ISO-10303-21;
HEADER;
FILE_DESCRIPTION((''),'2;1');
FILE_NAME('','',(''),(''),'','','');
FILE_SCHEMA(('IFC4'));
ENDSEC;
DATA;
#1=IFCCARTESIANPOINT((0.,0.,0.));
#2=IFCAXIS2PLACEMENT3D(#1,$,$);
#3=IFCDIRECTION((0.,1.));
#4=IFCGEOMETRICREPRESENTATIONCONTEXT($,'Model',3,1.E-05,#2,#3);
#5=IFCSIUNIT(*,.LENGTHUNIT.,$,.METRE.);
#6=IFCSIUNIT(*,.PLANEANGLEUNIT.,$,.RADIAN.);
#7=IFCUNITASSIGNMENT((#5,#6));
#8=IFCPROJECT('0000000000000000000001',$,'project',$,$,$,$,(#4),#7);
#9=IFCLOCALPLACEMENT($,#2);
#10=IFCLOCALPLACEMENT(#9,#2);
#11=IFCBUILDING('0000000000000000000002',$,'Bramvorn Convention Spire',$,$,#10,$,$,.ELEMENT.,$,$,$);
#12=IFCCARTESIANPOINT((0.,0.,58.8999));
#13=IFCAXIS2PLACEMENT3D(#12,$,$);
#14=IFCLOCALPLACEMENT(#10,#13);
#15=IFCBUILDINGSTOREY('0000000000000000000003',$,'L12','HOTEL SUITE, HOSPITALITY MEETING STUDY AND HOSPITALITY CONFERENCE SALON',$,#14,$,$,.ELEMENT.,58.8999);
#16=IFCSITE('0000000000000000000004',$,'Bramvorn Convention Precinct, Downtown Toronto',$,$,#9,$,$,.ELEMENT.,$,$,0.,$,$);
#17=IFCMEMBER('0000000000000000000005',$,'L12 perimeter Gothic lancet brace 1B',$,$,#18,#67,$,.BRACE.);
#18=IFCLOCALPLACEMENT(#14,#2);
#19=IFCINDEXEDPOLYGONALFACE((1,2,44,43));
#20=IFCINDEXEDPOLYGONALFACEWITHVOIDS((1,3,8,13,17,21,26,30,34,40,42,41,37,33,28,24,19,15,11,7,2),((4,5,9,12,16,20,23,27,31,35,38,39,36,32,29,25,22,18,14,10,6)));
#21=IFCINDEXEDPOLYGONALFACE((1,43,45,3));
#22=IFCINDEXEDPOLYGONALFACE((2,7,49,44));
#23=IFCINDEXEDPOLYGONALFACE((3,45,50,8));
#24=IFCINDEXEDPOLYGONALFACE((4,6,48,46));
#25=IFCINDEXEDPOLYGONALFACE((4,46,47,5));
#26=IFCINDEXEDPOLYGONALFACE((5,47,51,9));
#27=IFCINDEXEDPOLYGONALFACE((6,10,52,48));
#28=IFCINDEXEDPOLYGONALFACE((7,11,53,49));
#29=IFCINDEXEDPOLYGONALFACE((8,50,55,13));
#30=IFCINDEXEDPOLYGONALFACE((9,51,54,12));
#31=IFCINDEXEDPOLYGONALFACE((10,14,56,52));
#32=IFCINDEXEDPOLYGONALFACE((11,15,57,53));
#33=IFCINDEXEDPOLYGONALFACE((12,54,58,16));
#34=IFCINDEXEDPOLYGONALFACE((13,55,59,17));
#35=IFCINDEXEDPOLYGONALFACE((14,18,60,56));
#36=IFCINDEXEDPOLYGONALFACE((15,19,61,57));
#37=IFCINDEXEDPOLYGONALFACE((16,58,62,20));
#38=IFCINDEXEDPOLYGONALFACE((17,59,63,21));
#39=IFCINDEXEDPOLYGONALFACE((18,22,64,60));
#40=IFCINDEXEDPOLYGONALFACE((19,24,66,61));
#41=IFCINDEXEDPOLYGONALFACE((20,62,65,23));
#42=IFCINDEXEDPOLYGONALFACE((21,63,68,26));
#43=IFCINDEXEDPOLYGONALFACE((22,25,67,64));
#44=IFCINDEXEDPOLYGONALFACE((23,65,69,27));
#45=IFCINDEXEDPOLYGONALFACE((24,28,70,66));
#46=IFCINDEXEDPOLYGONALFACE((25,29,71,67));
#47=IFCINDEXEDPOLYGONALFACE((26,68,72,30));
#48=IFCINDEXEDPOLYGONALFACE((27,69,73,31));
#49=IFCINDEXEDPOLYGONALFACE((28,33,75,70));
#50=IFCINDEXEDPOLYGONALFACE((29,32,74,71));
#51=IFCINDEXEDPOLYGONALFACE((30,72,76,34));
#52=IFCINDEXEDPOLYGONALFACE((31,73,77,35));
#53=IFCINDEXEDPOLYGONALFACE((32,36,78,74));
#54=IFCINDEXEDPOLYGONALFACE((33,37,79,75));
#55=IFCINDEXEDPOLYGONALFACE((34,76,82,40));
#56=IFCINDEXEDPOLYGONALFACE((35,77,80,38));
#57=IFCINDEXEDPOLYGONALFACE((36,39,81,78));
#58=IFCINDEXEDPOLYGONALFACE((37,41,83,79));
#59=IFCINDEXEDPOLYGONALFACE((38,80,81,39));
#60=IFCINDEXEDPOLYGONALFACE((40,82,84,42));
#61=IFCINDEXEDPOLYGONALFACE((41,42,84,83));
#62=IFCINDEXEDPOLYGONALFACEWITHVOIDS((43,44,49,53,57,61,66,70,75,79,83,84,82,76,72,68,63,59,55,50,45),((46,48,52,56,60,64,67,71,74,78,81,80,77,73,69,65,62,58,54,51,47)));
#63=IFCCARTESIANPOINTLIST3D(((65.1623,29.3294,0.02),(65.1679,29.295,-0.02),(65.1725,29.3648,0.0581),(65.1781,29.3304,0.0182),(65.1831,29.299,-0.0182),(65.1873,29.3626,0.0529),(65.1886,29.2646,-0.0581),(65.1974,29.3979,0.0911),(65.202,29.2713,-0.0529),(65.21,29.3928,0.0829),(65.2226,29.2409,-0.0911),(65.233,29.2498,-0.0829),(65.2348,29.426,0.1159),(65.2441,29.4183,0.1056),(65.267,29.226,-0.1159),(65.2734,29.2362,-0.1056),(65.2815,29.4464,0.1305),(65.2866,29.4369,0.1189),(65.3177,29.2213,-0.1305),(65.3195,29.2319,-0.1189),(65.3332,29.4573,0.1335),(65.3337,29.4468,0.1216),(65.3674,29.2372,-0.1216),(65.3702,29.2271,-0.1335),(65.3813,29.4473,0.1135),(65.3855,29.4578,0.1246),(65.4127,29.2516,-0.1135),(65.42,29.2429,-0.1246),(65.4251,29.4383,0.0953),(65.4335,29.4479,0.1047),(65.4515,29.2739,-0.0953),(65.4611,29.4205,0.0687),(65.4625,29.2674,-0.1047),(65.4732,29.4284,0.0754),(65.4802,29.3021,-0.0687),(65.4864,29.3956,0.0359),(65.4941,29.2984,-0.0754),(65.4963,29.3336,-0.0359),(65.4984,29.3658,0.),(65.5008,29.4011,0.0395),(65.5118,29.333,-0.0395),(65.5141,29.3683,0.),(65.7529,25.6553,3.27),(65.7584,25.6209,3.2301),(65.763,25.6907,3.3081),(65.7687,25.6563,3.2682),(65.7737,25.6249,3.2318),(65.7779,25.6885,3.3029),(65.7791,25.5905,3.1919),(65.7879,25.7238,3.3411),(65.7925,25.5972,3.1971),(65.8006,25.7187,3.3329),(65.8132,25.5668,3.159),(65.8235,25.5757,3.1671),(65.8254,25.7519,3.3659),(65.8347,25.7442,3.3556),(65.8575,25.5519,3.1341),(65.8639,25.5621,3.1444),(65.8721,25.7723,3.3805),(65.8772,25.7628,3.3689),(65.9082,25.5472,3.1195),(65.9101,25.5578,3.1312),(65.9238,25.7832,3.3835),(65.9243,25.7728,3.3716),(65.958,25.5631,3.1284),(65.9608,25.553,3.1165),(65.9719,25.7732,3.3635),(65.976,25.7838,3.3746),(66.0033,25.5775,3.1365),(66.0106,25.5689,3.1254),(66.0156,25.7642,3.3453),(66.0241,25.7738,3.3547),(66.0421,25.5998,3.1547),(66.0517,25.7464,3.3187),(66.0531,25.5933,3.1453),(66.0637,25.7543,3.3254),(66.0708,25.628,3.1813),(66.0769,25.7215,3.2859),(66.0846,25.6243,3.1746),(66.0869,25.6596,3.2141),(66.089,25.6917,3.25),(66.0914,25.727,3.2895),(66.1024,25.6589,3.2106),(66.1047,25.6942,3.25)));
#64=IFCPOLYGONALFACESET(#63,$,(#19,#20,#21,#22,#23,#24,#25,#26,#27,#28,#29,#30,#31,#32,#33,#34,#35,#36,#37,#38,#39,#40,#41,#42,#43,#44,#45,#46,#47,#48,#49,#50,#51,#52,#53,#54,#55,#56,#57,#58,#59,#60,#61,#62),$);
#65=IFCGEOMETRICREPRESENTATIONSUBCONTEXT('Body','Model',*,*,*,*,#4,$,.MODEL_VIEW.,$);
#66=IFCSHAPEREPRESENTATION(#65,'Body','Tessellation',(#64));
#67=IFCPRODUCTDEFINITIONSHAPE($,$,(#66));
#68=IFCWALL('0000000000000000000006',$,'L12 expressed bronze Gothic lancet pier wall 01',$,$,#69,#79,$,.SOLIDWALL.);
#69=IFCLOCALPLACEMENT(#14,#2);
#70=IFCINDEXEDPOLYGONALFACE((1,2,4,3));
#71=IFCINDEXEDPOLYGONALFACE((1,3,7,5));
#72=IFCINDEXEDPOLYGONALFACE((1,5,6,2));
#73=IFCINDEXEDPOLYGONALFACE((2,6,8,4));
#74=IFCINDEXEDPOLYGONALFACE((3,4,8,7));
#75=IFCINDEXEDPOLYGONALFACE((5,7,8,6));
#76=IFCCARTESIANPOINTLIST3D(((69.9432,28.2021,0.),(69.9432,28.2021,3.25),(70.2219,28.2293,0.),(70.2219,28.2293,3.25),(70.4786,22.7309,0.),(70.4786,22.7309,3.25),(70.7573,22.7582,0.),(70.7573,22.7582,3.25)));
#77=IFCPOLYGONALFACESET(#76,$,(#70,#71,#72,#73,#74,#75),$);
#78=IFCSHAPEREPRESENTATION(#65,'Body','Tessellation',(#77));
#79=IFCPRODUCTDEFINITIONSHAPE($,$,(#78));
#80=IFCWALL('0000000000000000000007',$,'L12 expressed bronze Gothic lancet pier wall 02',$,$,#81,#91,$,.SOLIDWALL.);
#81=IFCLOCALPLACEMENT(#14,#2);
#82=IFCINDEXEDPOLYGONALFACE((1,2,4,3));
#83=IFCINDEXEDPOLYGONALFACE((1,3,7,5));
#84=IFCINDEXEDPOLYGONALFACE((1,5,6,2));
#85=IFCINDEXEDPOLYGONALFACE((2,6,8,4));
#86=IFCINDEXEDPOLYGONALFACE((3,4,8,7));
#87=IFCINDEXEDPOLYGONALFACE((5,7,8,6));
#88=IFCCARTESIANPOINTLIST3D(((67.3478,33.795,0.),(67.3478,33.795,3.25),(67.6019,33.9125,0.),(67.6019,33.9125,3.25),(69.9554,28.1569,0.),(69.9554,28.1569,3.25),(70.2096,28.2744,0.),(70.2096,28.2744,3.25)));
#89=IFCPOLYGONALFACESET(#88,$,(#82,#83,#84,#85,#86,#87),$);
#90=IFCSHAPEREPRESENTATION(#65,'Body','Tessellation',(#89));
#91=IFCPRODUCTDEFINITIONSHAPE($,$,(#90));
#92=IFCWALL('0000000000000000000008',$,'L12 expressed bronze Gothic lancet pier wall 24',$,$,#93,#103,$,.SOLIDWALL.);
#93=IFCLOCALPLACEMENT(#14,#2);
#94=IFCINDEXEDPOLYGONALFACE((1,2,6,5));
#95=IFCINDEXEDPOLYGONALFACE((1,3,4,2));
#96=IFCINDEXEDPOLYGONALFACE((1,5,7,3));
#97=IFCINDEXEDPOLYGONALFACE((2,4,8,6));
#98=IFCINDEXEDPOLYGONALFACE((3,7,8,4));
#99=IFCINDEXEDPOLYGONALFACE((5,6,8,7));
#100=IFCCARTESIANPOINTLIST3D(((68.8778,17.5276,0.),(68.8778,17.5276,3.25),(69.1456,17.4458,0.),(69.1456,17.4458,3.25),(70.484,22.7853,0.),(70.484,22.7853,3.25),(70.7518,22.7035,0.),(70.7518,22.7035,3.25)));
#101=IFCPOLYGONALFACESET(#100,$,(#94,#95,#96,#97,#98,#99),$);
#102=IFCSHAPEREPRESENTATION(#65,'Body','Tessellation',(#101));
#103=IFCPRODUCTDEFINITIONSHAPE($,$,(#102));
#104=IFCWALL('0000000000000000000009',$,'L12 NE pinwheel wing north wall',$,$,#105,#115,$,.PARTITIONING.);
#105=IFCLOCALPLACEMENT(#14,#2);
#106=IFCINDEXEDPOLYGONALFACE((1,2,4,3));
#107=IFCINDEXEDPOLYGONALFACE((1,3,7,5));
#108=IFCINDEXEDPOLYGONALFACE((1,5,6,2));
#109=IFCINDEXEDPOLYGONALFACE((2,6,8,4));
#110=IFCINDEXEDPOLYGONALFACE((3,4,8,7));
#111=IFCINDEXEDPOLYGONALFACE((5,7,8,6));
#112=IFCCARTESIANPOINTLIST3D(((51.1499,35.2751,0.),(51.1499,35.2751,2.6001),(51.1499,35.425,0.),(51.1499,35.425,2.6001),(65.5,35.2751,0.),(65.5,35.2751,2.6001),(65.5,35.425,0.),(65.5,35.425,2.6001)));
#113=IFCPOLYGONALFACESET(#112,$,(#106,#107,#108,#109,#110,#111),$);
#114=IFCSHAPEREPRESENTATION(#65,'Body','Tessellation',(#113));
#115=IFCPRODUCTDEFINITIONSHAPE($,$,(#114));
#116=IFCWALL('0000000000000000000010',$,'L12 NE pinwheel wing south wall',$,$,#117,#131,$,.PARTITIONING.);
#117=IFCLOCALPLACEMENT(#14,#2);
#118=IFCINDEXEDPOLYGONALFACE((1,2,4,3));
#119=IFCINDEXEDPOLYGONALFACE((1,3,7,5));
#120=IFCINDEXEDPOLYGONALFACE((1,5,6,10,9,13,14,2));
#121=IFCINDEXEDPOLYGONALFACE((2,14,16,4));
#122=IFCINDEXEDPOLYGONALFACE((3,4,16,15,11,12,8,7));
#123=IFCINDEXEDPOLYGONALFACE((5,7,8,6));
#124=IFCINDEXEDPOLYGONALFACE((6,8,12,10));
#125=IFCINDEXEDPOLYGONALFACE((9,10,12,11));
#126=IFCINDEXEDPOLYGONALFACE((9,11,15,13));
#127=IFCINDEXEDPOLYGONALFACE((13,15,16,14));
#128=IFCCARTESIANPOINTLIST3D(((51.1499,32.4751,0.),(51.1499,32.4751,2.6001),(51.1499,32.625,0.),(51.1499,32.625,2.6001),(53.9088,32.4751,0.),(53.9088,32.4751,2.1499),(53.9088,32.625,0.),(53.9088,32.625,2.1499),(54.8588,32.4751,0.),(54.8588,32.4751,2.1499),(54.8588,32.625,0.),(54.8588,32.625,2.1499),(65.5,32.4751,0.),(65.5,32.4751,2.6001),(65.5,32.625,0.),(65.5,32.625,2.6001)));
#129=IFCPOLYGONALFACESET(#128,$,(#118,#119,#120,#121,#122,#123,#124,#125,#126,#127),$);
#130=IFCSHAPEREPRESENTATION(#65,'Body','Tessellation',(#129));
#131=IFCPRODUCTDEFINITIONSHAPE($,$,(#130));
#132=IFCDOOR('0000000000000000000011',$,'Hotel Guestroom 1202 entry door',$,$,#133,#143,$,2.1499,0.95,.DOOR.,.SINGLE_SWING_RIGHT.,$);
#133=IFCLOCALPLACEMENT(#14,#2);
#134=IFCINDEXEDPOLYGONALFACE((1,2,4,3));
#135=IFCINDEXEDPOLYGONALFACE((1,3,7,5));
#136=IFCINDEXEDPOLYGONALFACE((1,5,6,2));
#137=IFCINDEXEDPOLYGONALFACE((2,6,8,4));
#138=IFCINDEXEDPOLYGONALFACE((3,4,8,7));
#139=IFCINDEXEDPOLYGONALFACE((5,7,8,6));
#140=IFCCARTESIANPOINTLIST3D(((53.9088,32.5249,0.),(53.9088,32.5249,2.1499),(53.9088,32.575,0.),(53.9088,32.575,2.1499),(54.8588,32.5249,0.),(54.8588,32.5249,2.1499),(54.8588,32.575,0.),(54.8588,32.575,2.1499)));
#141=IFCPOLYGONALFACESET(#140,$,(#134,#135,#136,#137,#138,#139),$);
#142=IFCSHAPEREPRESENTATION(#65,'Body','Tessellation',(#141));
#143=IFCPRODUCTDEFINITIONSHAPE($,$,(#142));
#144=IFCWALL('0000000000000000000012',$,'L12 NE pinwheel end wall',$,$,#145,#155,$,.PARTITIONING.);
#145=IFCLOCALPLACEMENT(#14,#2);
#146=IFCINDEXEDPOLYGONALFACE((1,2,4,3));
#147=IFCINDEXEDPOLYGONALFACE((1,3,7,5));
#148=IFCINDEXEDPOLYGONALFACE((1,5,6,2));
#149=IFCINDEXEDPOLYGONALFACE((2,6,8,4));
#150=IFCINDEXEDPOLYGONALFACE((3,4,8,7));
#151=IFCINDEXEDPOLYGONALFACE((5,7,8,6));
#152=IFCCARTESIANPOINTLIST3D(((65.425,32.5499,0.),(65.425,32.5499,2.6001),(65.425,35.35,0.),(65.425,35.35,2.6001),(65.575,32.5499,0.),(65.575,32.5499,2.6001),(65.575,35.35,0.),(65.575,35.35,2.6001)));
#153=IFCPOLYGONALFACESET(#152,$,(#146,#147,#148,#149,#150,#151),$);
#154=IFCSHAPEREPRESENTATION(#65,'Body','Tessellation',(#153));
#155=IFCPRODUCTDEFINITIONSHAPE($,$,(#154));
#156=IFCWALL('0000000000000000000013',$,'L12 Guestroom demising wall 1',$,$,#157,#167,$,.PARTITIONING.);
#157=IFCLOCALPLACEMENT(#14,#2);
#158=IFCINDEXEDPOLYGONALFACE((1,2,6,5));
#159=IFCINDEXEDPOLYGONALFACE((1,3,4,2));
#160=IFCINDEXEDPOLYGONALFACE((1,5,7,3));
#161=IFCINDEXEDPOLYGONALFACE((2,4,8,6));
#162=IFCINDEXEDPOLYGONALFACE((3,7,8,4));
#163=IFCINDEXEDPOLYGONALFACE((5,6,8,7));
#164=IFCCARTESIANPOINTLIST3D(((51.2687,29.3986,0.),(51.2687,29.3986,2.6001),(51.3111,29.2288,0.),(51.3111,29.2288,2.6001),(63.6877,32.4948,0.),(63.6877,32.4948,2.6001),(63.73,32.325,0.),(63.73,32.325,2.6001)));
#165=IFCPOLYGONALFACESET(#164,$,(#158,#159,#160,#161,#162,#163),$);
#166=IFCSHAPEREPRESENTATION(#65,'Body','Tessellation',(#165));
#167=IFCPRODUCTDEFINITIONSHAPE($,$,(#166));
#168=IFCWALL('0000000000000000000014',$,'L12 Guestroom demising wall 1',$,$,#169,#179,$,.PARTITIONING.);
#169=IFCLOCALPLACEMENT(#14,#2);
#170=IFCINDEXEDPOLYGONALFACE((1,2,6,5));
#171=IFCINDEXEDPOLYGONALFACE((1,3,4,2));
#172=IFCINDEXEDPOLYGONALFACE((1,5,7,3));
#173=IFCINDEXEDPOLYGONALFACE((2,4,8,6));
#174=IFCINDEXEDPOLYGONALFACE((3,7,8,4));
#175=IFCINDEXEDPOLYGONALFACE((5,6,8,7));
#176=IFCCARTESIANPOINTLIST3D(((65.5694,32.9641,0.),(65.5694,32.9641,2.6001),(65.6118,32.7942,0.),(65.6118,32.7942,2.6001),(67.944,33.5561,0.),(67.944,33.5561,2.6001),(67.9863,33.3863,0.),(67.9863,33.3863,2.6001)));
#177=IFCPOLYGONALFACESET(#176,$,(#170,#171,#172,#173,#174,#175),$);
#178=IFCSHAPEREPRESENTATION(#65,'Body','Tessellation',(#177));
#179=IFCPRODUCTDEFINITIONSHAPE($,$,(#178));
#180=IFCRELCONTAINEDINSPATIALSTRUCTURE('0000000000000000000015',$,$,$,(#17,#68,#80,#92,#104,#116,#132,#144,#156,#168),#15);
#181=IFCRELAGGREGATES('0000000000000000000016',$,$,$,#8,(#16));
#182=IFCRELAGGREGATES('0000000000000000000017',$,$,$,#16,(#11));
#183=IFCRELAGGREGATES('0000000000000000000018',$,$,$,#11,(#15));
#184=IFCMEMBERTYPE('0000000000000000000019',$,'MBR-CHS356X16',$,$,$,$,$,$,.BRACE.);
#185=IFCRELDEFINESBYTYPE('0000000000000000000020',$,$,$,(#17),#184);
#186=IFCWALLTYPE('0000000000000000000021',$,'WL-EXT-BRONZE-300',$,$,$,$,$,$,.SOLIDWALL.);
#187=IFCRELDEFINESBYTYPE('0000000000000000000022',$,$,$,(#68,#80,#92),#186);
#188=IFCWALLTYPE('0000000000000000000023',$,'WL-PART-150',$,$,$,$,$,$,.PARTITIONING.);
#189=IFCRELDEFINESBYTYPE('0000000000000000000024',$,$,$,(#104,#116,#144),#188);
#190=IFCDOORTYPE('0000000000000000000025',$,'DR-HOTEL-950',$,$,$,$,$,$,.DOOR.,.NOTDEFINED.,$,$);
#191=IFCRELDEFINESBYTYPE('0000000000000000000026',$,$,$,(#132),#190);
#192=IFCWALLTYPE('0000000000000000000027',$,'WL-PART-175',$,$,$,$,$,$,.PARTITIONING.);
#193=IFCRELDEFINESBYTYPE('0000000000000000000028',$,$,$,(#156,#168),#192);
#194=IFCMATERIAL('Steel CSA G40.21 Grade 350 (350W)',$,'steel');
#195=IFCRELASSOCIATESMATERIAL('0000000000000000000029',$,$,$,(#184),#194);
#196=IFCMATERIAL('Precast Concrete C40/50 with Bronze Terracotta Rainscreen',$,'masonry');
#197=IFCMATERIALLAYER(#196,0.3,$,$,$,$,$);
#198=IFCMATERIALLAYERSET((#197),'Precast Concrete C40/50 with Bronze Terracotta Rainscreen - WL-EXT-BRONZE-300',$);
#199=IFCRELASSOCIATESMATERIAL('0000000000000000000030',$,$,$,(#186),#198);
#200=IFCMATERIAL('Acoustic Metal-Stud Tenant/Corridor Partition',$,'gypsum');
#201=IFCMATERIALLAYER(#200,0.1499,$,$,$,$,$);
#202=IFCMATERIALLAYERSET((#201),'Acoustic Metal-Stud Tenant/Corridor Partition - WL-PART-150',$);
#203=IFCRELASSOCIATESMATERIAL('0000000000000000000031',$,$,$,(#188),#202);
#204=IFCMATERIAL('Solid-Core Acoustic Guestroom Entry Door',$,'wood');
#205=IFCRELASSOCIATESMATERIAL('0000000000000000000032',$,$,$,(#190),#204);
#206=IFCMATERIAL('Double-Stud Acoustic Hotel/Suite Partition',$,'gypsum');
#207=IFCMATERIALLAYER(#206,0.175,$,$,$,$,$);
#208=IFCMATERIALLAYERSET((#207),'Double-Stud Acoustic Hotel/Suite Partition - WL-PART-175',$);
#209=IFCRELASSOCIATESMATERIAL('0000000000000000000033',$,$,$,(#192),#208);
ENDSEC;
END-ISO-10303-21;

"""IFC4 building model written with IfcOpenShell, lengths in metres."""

from ifc_helpers import new_model, si_unit, direction, frame, frame_2d, origin, origin_2d, place, context, subcontext, project, spatial, rectangle, hollow_circle, extrude, material, layer, layer_set, material_profile, profile_set, type_object, element, fill, save


model = new_model("IFC4")

# Units and contexts
model_context = context("Model", 3, precision=1e-05, world=origin(), true_north=direction((0.0, 1.0)))
body_context = subcontext(model_context, "Body", "Model", "MODEL_VIEW")
ifc_project = project(units=[si_unit("LENGTHUNIT", "METRE"), si_unit("PLANEANGLEUNIT", "RADIAN")], contexts=[model_context])

# Site, building, storey
site_placement = place(None, origin())
site = spatial("IfcSite", under=ifc_project, at=site_placement, Name="Bramvorn Convention Precinct, Downtown Toronto", CompositionType="ELEMENT", RefElevation=0.0)
building_placement = place(site_placement, origin())
building = spatial("IfcBuilding", under=site, at=building_placement, Name="Bramvorn Convention Spire", CompositionType="ELEMENT")
storey_placement = place(building_placement, frame((0.0, 0.0, 58.8999)))
storey = spatial("IfcBuildingStorey", under=building, at=storey_placement, Name="L12", Description="HOTEL SUITE, HOSPITALITY MEETING STUDY AND HOSPITALITY CONFERENCE SALON", CompositionType="ELEMENT", Elevation=58.8999)

# Shared definitions
ifc_material_1 = material(Name="Steel CSA G40.21 Grade 350 (350W)", Category="steel")

# Member
ifc_material_profile_1 = material_profile(ifc_material_1, hollow_circle(Radius=0.1777, WallThickness=0.0159, at=origin_2d()))
ifc_profile_set_1 = profile_set([ifc_material_profile_1], Name="Steel CSA G40.21 Grade 350 (350W) - CHS356X16")
member_type = type_object("IfcMemberType", Name="MBR-CHS356X16", PredefinedType="BRACE", material=ifc_profile_set_1)
member_placement = place(storey_placement, frame((65.3386, 29.3401, 0.0), z_axis=(0.119534, -0.74364, 0.657807), x_axis=(0.987326, 0.158704, 0.0)))
element("IfcMember", 1, at=member_placement, inside=storey, type_object=member_type, Name="L12 perimeter Gothic lancet brace 1B", PredefinedType="BRACE", context=body_context, shape_type="SweptSolid", body=[
    extrude(hollow_circle(Radius=0.1777, WallThickness=0.0159, at=origin_2d()), origin(), (0.0, 0.0, 1.0), 4.9407),
])

# Walls
ifc_material_2 = material(Name="Precast Concrete C40/50 with Bronze Terracotta Rainscreen", Category="masonry")
ifc_layer_1 = layer(ifc_material_2, 0.3)
ifc_layer_set_1 = layer_set([ifc_layer_1], Name="Precast Concrete C40/50 with Bronze Terracotta Rainscreen - WL-EXT-BRONZE-300")
wall_type_1 = type_object("IfcWallType", Name="WL-EXT-BRONZE-300", PredefinedType="SOLIDWALL", material=ifc_layer_set_1)
wall_1_placement = place(storey_placement, frame((70.0825, 28.2156, 0.0), z_axis=(0.0, 0.0, 1.0), x_axis=(0.097393, -0.995246, 0.0)))
element("IfcWall", 2, at=wall_1_placement, inside=storey, type_object=wall_type_1, Name="L12 expressed bronze Gothic lancet pier wall 01", PredefinedType="SOLIDWALL", context=body_context, shape_type="SweptSolid", body=[
    extrude(rectangle(XDim=5.4973, YDim=0.28, at=frame_2d((2.7485, 0.0))), origin(), (0.0, 0.0, 1.0), 3.25),
])
wall_2_placement = place(storey_placement, frame((67.4749, 33.8538, 0.0), z_axis=(0.0, 0.0, 1.0), x_axis=(0.419778, -0.907627, 0.0)))
element("IfcWall", 3, at=wall_2_placement, inside=storey, type_object=wall_type_1, Name="L12 expressed bronze Gothic lancet pier wall 02", PredefinedType="SOLIDWALL", context=body_context, shape_type="SweptSolid", body=[
    extrude(rectangle(XDim=6.2119, YDim=0.28, at=frame_2d((3.106, 0.0))), origin(), (0.0, 0.0, 1.0), 3.25),
])
wall_3_placement = place(storey_placement, frame((70.6179, 22.7444, 0.0), z_axis=(0.0, 0.0, 1.0), x_axis=(-0.292172, -0.956366, 0.0)))
element("IfcWall", 4, at=wall_3_placement, inside=storey, type_object=wall_type_1, Name="L12 expressed bronze Gothic lancet pier wall 24", PredefinedType="SOLIDWALL", context=body_context, shape_type="SweptSolid", body=[
    extrude(rectangle(XDim=5.4976, YDim=0.28, at=frame_2d((2.7488, 0.0))), origin(), (0.0, 0.0, 1.0), 3.25),
])
ifc_material_3 = material(Name="Acoustic Metal-Stud Tenant/Corridor Partition", Category="gypsum")
ifc_layer_2 = layer(ifc_material_3, 0.1499)
ifc_layer_set_2 = layer_set([ifc_layer_2], Name="Acoustic Metal-Stud Tenant/Corridor Partition - WL-PART-150")
wall_type_2 = type_object("IfcWallType", Name="WL-PART-150", PredefinedType="PARTITIONING", material=ifc_layer_set_2)
wall_4_placement = place(storey_placement, frame((51.1499, 35.3501, 0.0), z_axis=(0.0, 0.0, 1.0), x_axis=(1.0, 0.0, 0.0)))
element("IfcWall", 5, at=wall_4_placement, inside=storey, type_object=wall_type_2, Name="L12 NE pinwheel wing north wall", PredefinedType="PARTITIONING", context=body_context, shape_type="SweptSolid", body=[
    extrude(rectangle(XDim=14.3501, YDim=0.1499, at=frame_2d((7.175, 0.0))), origin(), (0.0, 0.0, 1.0), 2.6001),
])

# Wall, opening, door
wall_5_placement = place(storey_placement, frame((51.1499, 32.55, 0.0), z_axis=(0.0, 0.0, 1.0), x_axis=(1.0, 0.0, 0.0)))
wall_5 = element("IfcWall", 6, at=wall_5_placement, inside=storey, type_object=wall_type_2, Name="L12 NE pinwheel wing south wall", PredefinedType="PARTITIONING", context=body_context, shape_type="SweptSolid", body=[
    extrude(rectangle(XDim=14.3501, YDim=0.1499, at=frame_2d((7.175, 0.0))), origin(), (0.0, 0.0, 1.0), 2.6001),
])
opening_placement = place(wall_5_placement, frame((2.7588, 0.0, 0.0)))
opening = element("IfcOpeningElement", 7, at=opening_placement, cuts=wall_5, PredefinedType="OPENING", context=body_context, shape_type="SweptSolid", body=[
    extrude(rectangle(XDim=0.95, YDim=2.1499, at=frame_2d((0.4751, 1.075))), frame((0.0, 0.085, 0.0), z_axis=(0.0, -1.0, 0.0), x_axis=(1.0, 0.0, 0.0)), (0.0, 0.0, 1.0), 0.1699),
])
ifc_material_4 = material(Name="Solid-Core Acoustic Guestroom Entry Door", Category="wood")
door_type = type_object("IfcDoorType", Name="DR-HOTEL-950", OperationType="NOTDEFINED", PredefinedType="DOOR", material=ifc_material_4)
door_placement = place(opening_placement, origin())
door = element("IfcDoor", 8, at=door_placement, inside=storey, type_object=door_type, Name="Hotel Guestroom 1202 entry door", OperationType="SINGLE_SWING_RIGHT", OverallHeight=2.1499, OverallWidth=0.95, PredefinedType="DOOR", context=body_context, shape_type="SweptSolid", body=[
    extrude(rectangle(XDim=0.95, YDim=2.1499, at=frame_2d((0.4751, 1.075))), frame((0.0, 0.0249, 0.0), z_axis=(0.0, -1.0, 0.0), x_axis=(1.0, 0.0, 0.0)), (0.0, 0.0, 1.0), 0.05),
])
fill(opening, door)

# Walls
wall_6_placement = place(storey_placement, frame((65.5, 32.55, 0.0), z_axis=(0.0, 0.0, 1.0), x_axis=(0.0, 1.0, 0.0)))
element("IfcWall", 9, at=wall_6_placement, inside=storey, type_object=wall_type_2, Name="L12 NE pinwheel end wall", PredefinedType="PARTITIONING", context=body_context, shape_type="SweptSolid", body=[
    extrude(rectangle(XDim=2.8, YDim=0.1499, at=frame_2d((1.3999, 0.0))), origin(), (0.0, 0.0, 1.0), 2.6001),
])
ifc_material_5 = material(Name="Double-Stud Acoustic Hotel/Suite Partition", Category="gypsum")
ifc_layer_3 = layer(ifc_material_5, 0.175)
ifc_layer_set_3 = layer_set([ifc_layer_3], Name="Double-Stud Acoustic Hotel/Suite Partition - WL-PART-175")
wall_type_3 = type_object("IfcWallType", Name="WL-PART-175", PredefinedType="PARTITIONING", material=ifc_layer_set_3)
wall_7_placement = place(storey_placement, frame((51.29, 29.3137, 0.0), z_axis=(0.0, 0.0, 1.0), x_axis=(0.970299, 0.241907, 0.0)))
element("IfcWall", 10, at=wall_7_placement, inside=storey, type_object=wall_type_3, Name="L12 Guestroom demising wall 1", PredefinedType="PARTITIONING", context=body_context, shape_type="SweptSolid", body=[
    extrude(rectangle(XDim=12.7991, YDim=0.175, at=frame_2d((6.3994, 0.0))), origin(), (0.0, 0.0, 1.0), 2.6001),
])
wall_8_placement = place(storey_placement, frame((65.5906, 32.8792, 0.0), z_axis=(0.0, 0.0, 1.0), x_axis=(0.970295, 0.241925, 0.0)))
element("IfcWall", 11, at=wall_8_placement, inside=storey, type_object=wall_type_3, Name="L12 Guestroom demising wall 1", PredefinedType="PARTITIONING", context=body_context, shape_type="SweptSolid", body=[
    extrude(rectangle(XDim=2.4473, YDim=0.175, at=frame_2d((1.2236, 0.0))), origin(), (0.0, 0.0, 1.0), 2.6001),
])

save(model, "model.ifc")
